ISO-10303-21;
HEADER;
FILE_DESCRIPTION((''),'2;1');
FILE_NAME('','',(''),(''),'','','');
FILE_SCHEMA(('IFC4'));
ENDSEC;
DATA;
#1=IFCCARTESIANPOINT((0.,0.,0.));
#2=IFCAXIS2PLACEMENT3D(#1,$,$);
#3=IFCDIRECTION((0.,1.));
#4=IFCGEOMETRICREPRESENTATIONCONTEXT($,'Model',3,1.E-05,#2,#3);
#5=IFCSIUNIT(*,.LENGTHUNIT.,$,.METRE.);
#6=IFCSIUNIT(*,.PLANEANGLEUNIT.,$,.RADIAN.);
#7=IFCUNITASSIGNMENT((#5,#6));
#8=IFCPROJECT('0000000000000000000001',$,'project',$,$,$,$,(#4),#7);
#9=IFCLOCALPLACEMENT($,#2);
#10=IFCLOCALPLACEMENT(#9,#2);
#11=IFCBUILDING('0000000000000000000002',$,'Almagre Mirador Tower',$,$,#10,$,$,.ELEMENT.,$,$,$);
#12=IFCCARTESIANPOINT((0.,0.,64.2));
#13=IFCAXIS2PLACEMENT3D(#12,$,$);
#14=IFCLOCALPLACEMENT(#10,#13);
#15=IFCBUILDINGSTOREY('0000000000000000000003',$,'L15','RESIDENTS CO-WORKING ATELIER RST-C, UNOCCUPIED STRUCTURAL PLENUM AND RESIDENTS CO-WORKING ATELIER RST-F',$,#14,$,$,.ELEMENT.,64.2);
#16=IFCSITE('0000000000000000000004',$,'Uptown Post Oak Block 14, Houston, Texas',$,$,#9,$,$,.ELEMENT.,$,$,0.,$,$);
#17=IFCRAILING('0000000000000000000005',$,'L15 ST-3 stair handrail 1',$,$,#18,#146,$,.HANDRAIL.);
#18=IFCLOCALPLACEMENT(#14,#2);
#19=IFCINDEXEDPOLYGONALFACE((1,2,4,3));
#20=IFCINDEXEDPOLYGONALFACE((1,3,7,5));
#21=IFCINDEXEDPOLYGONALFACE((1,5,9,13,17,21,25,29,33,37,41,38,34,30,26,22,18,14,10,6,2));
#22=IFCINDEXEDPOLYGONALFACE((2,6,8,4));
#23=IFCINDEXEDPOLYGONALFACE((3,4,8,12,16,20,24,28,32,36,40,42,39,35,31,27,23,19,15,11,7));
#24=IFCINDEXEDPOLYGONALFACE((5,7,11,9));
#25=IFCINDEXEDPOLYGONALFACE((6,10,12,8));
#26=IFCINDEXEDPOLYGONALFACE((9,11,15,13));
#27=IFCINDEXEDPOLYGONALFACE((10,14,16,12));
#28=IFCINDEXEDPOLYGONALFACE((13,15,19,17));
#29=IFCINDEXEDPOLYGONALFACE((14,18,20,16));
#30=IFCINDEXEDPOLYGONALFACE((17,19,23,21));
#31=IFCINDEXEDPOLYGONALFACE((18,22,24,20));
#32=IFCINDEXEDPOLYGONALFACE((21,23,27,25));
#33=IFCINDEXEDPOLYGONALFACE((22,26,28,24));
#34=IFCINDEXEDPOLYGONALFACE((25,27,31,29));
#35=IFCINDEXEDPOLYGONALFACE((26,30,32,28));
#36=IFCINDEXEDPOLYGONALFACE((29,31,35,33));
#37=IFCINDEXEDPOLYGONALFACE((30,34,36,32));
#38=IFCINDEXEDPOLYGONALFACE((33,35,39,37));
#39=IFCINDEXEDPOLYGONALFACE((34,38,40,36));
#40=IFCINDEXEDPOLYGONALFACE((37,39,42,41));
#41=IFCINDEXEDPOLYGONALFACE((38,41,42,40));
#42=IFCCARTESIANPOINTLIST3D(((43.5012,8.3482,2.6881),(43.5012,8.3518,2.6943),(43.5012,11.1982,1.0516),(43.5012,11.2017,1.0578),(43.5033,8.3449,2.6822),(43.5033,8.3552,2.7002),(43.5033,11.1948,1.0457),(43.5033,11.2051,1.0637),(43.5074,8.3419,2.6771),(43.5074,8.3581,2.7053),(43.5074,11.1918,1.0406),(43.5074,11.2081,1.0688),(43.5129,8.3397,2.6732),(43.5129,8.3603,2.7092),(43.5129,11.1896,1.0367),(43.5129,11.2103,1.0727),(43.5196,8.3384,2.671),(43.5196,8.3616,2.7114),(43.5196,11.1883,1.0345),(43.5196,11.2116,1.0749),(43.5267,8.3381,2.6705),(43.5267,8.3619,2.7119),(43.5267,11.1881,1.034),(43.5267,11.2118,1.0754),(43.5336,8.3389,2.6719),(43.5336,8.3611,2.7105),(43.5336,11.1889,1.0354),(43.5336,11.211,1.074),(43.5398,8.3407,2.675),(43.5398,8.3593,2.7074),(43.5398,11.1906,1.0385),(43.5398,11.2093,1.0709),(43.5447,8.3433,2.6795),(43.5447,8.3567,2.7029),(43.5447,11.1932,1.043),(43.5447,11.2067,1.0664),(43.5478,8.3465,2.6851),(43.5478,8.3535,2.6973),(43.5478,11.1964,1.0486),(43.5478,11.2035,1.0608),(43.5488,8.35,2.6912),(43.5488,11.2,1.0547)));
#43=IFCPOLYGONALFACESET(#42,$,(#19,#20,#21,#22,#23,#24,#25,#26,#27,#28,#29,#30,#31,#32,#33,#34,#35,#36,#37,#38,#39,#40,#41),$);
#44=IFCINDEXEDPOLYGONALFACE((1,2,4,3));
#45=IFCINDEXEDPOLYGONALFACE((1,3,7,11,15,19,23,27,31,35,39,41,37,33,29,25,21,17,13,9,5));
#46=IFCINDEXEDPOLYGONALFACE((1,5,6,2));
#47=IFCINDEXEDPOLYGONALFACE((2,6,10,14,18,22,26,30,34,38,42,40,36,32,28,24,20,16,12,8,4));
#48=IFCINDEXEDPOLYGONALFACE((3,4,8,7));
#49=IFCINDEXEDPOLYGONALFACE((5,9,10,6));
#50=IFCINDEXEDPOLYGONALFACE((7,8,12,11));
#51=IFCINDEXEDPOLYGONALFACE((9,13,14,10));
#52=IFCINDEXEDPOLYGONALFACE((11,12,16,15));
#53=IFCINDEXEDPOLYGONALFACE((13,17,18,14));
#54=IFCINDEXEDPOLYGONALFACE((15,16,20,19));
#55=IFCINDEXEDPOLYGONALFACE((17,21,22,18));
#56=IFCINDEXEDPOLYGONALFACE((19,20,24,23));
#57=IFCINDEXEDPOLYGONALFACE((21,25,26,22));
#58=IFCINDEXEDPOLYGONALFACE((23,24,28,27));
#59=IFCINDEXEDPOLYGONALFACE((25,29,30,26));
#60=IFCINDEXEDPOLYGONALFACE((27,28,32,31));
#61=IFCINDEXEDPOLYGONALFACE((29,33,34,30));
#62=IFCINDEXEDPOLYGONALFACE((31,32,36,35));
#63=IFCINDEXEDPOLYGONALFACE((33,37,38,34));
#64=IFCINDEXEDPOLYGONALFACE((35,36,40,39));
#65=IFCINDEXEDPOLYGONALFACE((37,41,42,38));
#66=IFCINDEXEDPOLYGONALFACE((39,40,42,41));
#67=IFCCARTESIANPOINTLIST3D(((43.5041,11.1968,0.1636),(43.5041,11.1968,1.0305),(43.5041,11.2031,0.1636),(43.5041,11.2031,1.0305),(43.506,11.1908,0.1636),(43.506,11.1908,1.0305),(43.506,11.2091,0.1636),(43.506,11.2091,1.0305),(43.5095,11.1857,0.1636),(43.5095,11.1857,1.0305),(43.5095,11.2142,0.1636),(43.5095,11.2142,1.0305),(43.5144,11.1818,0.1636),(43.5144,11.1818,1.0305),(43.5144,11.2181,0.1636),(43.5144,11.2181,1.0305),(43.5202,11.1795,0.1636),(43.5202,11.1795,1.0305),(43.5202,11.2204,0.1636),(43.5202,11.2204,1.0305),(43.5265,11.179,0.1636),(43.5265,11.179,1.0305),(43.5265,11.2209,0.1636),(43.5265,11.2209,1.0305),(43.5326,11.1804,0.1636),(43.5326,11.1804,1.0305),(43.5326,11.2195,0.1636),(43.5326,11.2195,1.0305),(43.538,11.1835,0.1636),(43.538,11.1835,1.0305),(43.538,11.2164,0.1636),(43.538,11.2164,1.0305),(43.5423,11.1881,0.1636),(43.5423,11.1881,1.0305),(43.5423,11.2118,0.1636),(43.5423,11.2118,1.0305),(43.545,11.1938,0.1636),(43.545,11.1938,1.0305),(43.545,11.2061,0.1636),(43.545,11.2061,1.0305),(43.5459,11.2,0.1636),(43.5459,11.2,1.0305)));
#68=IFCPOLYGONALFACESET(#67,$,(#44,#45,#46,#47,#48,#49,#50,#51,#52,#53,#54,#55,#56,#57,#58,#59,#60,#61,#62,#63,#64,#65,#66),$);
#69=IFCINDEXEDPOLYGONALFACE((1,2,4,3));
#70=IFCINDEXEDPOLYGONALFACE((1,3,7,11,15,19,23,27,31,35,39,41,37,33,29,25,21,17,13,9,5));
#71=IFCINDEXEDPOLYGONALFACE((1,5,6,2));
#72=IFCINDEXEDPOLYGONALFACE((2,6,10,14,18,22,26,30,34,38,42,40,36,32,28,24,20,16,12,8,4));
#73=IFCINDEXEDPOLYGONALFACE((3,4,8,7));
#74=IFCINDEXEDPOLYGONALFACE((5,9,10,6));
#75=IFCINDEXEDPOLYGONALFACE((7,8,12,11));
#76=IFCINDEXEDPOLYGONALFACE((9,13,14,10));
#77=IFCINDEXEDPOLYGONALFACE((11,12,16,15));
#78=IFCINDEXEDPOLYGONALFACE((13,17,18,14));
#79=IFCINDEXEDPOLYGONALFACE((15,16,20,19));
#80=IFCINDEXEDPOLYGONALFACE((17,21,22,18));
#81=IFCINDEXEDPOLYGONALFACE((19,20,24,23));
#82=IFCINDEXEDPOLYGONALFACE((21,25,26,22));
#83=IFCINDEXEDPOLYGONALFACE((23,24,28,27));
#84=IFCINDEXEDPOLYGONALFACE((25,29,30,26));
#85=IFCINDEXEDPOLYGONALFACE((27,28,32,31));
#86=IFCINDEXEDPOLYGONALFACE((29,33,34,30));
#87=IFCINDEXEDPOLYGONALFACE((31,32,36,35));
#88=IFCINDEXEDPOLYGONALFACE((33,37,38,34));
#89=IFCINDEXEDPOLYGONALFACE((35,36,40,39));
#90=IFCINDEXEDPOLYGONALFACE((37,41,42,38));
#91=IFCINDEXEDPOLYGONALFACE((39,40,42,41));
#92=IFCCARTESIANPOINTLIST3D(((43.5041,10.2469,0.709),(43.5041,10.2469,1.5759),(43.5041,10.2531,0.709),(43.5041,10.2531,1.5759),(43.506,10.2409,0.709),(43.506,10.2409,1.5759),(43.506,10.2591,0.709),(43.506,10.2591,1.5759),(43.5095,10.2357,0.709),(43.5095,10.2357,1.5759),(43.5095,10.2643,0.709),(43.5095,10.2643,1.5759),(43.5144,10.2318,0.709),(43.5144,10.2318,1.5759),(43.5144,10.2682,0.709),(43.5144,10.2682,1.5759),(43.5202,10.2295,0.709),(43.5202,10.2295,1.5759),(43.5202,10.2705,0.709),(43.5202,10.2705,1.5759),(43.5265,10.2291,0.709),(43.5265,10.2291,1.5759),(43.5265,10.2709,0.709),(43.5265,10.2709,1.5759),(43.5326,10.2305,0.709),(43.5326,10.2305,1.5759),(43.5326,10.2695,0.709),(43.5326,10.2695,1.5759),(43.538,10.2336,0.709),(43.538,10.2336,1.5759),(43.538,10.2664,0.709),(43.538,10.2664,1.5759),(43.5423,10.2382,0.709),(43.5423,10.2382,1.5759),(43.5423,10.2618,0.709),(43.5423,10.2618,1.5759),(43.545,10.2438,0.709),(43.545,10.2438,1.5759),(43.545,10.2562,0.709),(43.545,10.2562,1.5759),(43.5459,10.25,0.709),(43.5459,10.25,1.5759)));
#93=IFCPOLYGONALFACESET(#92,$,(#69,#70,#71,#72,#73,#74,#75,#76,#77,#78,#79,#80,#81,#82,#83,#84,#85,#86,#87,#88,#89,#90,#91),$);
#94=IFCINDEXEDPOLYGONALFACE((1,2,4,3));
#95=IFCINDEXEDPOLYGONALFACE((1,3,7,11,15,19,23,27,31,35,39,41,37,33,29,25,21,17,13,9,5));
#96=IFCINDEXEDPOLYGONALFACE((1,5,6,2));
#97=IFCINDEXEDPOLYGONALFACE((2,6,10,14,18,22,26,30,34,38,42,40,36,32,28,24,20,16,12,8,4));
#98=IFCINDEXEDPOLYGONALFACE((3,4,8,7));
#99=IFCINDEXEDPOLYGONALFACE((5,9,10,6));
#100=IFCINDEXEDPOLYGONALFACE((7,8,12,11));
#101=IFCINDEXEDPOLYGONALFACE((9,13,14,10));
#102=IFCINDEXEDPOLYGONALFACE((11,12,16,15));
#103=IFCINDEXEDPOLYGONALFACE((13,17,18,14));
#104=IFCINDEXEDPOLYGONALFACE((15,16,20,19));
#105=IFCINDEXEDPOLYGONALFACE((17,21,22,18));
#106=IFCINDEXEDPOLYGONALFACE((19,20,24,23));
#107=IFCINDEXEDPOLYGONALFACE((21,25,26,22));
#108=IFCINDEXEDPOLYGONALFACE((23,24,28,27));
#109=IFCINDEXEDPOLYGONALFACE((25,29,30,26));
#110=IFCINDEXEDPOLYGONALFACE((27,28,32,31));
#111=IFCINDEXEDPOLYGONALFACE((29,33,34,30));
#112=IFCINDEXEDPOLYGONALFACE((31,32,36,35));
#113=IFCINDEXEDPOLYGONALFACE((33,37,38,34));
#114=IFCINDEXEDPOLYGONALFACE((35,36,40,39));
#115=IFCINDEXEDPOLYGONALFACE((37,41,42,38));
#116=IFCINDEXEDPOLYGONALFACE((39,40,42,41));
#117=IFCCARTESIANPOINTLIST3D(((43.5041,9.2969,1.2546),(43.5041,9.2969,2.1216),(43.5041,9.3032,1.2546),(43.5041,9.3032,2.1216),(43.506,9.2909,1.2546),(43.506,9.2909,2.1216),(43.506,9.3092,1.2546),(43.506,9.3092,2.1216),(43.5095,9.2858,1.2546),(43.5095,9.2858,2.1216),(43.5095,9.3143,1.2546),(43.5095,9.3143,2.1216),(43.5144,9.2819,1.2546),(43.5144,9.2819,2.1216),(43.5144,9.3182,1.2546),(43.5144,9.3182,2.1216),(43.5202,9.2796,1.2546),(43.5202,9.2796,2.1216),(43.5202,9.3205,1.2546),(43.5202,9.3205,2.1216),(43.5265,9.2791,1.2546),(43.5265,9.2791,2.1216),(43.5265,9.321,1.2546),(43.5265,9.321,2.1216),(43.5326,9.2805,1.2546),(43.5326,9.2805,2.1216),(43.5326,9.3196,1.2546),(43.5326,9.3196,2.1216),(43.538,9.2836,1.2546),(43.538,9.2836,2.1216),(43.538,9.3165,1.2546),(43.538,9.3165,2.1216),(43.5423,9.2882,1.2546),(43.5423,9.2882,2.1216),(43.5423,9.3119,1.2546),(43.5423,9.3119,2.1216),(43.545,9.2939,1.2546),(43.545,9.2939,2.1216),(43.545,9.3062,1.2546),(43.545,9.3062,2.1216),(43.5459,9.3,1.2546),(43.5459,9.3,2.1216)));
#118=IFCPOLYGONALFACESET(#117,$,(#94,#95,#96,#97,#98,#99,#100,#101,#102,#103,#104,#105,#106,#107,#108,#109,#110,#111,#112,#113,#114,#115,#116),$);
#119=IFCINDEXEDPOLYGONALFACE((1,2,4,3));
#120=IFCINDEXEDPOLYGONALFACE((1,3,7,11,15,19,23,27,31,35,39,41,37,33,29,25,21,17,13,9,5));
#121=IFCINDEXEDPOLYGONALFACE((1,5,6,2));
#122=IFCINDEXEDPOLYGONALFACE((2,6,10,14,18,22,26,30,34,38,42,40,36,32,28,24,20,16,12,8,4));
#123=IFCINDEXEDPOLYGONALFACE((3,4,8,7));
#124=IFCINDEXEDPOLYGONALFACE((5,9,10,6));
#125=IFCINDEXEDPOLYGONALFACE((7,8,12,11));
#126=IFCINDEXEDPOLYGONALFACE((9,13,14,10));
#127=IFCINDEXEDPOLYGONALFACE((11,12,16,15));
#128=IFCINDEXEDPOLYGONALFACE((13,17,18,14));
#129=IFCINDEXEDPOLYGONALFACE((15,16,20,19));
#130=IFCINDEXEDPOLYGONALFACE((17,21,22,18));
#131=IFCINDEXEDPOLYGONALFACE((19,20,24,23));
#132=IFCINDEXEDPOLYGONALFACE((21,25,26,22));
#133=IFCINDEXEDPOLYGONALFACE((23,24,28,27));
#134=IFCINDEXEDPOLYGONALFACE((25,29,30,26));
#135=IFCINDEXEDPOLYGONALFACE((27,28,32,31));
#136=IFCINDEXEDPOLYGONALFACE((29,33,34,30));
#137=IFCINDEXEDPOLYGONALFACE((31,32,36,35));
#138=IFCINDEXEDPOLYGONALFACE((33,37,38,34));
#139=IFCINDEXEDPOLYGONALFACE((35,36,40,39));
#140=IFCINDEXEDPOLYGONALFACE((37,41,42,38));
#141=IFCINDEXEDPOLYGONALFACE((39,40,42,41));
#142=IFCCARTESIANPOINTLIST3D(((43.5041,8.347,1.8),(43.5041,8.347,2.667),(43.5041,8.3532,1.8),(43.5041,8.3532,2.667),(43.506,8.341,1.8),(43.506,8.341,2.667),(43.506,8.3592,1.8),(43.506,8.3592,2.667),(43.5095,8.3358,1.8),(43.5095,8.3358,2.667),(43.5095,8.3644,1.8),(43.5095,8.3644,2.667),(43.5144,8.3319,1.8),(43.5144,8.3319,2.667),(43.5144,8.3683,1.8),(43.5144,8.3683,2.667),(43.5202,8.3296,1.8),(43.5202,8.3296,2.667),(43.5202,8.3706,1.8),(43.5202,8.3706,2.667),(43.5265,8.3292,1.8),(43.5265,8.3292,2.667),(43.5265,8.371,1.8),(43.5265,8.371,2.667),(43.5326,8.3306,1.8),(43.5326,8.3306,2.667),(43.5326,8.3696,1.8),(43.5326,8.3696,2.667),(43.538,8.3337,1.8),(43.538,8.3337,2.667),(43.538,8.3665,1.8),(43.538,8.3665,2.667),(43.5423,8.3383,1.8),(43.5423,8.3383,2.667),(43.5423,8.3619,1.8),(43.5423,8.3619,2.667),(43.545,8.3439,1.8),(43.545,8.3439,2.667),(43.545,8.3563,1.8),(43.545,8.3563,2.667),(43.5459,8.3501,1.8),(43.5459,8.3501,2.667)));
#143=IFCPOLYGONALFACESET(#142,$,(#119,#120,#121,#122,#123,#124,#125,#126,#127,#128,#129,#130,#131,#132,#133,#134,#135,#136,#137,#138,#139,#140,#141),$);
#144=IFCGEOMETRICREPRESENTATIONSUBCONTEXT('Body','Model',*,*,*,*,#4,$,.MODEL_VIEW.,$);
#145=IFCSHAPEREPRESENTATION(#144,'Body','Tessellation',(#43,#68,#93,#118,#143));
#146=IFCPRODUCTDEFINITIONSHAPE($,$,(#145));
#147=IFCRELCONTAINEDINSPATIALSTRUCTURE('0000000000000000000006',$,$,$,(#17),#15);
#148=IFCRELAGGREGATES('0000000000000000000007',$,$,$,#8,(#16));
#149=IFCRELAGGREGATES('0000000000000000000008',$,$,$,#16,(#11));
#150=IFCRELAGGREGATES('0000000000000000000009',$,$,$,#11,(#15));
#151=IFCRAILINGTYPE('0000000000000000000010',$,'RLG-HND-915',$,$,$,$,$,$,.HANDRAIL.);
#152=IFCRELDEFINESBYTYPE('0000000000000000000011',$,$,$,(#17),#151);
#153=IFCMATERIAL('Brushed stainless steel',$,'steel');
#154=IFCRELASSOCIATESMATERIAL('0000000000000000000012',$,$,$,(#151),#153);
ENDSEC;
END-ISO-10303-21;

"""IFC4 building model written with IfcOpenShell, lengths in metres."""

from ifc_helpers import new_model, si_unit, direction, frame, origin, origin_2d, place, context, subcontext, project, spatial, circle, extrude, material, type_object, element, save


model = new_model("IFC4")

# Units and contexts
model_context = context("Model", 3, precision=1e-05, world=origin(), true_north=direction((0.0, 1.0)))
body_context = subcontext(model_context, "Body", "Model", "MODEL_VIEW")
ifc_project = project(units=[si_unit("LENGTHUNIT", "METRE"), si_unit("PLANEANGLEUNIT", "RADIAN")], contexts=[model_context])

# Site, building, storey
site_placement = place(None, origin())
site = spatial("IfcSite", under=ifc_project, at=site_placement, Name="Uptown Post Oak Block 14, Houston, Texas", CompositionType="ELEMENT", RefElevation=0.0)
building_placement = place(site_placement, origin())
building = spatial("IfcBuilding", under=site, at=building_placement, Name="Almagre Mirador Tower", CompositionType="ELEMENT")
storey_placement = place(building_placement, frame((0.0, 0.0, 64.2)))
storey = spatial("IfcBuildingStorey", under=building, at=storey_placement, Name="L15", Description="RESIDENTS CO-WORKING ATELIER RST-C, UNOCCUPIED STRUCTURAL PLENUM AND RESIDENTS CO-WORKING ATELIER RST-F", CompositionType="ELEMENT", Elevation=64.2)

# Railing
ifc_material_1 = material(Name="Brushed stainless steel", Category="steel")
railing_type_1 = type_object("IfcRailingType", Name="RLG-HND-915", PredefinedType="HANDRAIL", material=ifc_material_1)
railing_1_placement = place(storey_placement, frame((43.5249, 11.2, 0.1636)))
element("IfcRailing", 1, at=railing_1_placement, inside=storey, type_object=railing_type_1, Name="L15 ST-3 stair handrail 1", PredefinedType="HANDRAIL", context=body_context, shape_type="SweptSolid", body=[
    extrude(circle(Radius=0.0239, at=origin_2d()), frame((0.0, 0.0, 0.8911), z_axis=(0.0, -0.867194, 0.49797), x_axis=(1.0, 0.0, 0.0)), (0.0, 0.0, 1.0), 3.2864),
    extrude(circle(Radius=0.021, at=origin_2d()), origin(), (0.0, 0.0, 1.0), 0.8669),
    extrude(circle(Radius=0.021, at=origin_2d()), frame((0.0, -0.95, 0.5454)), (0.0, 0.0, 1.0), 0.8669),
    extrude(circle(Radius=0.021, at=origin_2d()), frame((0.0, -1.8999, 1.0911)), (0.0, 0.0, 1.0), 0.8669),
    extrude(circle(Radius=0.021, at=origin_2d()), frame((0.0, -2.8499, 1.6365)), (0.0, 0.0, 1.0), 0.8669),
])

save(model, "model.ifc")
